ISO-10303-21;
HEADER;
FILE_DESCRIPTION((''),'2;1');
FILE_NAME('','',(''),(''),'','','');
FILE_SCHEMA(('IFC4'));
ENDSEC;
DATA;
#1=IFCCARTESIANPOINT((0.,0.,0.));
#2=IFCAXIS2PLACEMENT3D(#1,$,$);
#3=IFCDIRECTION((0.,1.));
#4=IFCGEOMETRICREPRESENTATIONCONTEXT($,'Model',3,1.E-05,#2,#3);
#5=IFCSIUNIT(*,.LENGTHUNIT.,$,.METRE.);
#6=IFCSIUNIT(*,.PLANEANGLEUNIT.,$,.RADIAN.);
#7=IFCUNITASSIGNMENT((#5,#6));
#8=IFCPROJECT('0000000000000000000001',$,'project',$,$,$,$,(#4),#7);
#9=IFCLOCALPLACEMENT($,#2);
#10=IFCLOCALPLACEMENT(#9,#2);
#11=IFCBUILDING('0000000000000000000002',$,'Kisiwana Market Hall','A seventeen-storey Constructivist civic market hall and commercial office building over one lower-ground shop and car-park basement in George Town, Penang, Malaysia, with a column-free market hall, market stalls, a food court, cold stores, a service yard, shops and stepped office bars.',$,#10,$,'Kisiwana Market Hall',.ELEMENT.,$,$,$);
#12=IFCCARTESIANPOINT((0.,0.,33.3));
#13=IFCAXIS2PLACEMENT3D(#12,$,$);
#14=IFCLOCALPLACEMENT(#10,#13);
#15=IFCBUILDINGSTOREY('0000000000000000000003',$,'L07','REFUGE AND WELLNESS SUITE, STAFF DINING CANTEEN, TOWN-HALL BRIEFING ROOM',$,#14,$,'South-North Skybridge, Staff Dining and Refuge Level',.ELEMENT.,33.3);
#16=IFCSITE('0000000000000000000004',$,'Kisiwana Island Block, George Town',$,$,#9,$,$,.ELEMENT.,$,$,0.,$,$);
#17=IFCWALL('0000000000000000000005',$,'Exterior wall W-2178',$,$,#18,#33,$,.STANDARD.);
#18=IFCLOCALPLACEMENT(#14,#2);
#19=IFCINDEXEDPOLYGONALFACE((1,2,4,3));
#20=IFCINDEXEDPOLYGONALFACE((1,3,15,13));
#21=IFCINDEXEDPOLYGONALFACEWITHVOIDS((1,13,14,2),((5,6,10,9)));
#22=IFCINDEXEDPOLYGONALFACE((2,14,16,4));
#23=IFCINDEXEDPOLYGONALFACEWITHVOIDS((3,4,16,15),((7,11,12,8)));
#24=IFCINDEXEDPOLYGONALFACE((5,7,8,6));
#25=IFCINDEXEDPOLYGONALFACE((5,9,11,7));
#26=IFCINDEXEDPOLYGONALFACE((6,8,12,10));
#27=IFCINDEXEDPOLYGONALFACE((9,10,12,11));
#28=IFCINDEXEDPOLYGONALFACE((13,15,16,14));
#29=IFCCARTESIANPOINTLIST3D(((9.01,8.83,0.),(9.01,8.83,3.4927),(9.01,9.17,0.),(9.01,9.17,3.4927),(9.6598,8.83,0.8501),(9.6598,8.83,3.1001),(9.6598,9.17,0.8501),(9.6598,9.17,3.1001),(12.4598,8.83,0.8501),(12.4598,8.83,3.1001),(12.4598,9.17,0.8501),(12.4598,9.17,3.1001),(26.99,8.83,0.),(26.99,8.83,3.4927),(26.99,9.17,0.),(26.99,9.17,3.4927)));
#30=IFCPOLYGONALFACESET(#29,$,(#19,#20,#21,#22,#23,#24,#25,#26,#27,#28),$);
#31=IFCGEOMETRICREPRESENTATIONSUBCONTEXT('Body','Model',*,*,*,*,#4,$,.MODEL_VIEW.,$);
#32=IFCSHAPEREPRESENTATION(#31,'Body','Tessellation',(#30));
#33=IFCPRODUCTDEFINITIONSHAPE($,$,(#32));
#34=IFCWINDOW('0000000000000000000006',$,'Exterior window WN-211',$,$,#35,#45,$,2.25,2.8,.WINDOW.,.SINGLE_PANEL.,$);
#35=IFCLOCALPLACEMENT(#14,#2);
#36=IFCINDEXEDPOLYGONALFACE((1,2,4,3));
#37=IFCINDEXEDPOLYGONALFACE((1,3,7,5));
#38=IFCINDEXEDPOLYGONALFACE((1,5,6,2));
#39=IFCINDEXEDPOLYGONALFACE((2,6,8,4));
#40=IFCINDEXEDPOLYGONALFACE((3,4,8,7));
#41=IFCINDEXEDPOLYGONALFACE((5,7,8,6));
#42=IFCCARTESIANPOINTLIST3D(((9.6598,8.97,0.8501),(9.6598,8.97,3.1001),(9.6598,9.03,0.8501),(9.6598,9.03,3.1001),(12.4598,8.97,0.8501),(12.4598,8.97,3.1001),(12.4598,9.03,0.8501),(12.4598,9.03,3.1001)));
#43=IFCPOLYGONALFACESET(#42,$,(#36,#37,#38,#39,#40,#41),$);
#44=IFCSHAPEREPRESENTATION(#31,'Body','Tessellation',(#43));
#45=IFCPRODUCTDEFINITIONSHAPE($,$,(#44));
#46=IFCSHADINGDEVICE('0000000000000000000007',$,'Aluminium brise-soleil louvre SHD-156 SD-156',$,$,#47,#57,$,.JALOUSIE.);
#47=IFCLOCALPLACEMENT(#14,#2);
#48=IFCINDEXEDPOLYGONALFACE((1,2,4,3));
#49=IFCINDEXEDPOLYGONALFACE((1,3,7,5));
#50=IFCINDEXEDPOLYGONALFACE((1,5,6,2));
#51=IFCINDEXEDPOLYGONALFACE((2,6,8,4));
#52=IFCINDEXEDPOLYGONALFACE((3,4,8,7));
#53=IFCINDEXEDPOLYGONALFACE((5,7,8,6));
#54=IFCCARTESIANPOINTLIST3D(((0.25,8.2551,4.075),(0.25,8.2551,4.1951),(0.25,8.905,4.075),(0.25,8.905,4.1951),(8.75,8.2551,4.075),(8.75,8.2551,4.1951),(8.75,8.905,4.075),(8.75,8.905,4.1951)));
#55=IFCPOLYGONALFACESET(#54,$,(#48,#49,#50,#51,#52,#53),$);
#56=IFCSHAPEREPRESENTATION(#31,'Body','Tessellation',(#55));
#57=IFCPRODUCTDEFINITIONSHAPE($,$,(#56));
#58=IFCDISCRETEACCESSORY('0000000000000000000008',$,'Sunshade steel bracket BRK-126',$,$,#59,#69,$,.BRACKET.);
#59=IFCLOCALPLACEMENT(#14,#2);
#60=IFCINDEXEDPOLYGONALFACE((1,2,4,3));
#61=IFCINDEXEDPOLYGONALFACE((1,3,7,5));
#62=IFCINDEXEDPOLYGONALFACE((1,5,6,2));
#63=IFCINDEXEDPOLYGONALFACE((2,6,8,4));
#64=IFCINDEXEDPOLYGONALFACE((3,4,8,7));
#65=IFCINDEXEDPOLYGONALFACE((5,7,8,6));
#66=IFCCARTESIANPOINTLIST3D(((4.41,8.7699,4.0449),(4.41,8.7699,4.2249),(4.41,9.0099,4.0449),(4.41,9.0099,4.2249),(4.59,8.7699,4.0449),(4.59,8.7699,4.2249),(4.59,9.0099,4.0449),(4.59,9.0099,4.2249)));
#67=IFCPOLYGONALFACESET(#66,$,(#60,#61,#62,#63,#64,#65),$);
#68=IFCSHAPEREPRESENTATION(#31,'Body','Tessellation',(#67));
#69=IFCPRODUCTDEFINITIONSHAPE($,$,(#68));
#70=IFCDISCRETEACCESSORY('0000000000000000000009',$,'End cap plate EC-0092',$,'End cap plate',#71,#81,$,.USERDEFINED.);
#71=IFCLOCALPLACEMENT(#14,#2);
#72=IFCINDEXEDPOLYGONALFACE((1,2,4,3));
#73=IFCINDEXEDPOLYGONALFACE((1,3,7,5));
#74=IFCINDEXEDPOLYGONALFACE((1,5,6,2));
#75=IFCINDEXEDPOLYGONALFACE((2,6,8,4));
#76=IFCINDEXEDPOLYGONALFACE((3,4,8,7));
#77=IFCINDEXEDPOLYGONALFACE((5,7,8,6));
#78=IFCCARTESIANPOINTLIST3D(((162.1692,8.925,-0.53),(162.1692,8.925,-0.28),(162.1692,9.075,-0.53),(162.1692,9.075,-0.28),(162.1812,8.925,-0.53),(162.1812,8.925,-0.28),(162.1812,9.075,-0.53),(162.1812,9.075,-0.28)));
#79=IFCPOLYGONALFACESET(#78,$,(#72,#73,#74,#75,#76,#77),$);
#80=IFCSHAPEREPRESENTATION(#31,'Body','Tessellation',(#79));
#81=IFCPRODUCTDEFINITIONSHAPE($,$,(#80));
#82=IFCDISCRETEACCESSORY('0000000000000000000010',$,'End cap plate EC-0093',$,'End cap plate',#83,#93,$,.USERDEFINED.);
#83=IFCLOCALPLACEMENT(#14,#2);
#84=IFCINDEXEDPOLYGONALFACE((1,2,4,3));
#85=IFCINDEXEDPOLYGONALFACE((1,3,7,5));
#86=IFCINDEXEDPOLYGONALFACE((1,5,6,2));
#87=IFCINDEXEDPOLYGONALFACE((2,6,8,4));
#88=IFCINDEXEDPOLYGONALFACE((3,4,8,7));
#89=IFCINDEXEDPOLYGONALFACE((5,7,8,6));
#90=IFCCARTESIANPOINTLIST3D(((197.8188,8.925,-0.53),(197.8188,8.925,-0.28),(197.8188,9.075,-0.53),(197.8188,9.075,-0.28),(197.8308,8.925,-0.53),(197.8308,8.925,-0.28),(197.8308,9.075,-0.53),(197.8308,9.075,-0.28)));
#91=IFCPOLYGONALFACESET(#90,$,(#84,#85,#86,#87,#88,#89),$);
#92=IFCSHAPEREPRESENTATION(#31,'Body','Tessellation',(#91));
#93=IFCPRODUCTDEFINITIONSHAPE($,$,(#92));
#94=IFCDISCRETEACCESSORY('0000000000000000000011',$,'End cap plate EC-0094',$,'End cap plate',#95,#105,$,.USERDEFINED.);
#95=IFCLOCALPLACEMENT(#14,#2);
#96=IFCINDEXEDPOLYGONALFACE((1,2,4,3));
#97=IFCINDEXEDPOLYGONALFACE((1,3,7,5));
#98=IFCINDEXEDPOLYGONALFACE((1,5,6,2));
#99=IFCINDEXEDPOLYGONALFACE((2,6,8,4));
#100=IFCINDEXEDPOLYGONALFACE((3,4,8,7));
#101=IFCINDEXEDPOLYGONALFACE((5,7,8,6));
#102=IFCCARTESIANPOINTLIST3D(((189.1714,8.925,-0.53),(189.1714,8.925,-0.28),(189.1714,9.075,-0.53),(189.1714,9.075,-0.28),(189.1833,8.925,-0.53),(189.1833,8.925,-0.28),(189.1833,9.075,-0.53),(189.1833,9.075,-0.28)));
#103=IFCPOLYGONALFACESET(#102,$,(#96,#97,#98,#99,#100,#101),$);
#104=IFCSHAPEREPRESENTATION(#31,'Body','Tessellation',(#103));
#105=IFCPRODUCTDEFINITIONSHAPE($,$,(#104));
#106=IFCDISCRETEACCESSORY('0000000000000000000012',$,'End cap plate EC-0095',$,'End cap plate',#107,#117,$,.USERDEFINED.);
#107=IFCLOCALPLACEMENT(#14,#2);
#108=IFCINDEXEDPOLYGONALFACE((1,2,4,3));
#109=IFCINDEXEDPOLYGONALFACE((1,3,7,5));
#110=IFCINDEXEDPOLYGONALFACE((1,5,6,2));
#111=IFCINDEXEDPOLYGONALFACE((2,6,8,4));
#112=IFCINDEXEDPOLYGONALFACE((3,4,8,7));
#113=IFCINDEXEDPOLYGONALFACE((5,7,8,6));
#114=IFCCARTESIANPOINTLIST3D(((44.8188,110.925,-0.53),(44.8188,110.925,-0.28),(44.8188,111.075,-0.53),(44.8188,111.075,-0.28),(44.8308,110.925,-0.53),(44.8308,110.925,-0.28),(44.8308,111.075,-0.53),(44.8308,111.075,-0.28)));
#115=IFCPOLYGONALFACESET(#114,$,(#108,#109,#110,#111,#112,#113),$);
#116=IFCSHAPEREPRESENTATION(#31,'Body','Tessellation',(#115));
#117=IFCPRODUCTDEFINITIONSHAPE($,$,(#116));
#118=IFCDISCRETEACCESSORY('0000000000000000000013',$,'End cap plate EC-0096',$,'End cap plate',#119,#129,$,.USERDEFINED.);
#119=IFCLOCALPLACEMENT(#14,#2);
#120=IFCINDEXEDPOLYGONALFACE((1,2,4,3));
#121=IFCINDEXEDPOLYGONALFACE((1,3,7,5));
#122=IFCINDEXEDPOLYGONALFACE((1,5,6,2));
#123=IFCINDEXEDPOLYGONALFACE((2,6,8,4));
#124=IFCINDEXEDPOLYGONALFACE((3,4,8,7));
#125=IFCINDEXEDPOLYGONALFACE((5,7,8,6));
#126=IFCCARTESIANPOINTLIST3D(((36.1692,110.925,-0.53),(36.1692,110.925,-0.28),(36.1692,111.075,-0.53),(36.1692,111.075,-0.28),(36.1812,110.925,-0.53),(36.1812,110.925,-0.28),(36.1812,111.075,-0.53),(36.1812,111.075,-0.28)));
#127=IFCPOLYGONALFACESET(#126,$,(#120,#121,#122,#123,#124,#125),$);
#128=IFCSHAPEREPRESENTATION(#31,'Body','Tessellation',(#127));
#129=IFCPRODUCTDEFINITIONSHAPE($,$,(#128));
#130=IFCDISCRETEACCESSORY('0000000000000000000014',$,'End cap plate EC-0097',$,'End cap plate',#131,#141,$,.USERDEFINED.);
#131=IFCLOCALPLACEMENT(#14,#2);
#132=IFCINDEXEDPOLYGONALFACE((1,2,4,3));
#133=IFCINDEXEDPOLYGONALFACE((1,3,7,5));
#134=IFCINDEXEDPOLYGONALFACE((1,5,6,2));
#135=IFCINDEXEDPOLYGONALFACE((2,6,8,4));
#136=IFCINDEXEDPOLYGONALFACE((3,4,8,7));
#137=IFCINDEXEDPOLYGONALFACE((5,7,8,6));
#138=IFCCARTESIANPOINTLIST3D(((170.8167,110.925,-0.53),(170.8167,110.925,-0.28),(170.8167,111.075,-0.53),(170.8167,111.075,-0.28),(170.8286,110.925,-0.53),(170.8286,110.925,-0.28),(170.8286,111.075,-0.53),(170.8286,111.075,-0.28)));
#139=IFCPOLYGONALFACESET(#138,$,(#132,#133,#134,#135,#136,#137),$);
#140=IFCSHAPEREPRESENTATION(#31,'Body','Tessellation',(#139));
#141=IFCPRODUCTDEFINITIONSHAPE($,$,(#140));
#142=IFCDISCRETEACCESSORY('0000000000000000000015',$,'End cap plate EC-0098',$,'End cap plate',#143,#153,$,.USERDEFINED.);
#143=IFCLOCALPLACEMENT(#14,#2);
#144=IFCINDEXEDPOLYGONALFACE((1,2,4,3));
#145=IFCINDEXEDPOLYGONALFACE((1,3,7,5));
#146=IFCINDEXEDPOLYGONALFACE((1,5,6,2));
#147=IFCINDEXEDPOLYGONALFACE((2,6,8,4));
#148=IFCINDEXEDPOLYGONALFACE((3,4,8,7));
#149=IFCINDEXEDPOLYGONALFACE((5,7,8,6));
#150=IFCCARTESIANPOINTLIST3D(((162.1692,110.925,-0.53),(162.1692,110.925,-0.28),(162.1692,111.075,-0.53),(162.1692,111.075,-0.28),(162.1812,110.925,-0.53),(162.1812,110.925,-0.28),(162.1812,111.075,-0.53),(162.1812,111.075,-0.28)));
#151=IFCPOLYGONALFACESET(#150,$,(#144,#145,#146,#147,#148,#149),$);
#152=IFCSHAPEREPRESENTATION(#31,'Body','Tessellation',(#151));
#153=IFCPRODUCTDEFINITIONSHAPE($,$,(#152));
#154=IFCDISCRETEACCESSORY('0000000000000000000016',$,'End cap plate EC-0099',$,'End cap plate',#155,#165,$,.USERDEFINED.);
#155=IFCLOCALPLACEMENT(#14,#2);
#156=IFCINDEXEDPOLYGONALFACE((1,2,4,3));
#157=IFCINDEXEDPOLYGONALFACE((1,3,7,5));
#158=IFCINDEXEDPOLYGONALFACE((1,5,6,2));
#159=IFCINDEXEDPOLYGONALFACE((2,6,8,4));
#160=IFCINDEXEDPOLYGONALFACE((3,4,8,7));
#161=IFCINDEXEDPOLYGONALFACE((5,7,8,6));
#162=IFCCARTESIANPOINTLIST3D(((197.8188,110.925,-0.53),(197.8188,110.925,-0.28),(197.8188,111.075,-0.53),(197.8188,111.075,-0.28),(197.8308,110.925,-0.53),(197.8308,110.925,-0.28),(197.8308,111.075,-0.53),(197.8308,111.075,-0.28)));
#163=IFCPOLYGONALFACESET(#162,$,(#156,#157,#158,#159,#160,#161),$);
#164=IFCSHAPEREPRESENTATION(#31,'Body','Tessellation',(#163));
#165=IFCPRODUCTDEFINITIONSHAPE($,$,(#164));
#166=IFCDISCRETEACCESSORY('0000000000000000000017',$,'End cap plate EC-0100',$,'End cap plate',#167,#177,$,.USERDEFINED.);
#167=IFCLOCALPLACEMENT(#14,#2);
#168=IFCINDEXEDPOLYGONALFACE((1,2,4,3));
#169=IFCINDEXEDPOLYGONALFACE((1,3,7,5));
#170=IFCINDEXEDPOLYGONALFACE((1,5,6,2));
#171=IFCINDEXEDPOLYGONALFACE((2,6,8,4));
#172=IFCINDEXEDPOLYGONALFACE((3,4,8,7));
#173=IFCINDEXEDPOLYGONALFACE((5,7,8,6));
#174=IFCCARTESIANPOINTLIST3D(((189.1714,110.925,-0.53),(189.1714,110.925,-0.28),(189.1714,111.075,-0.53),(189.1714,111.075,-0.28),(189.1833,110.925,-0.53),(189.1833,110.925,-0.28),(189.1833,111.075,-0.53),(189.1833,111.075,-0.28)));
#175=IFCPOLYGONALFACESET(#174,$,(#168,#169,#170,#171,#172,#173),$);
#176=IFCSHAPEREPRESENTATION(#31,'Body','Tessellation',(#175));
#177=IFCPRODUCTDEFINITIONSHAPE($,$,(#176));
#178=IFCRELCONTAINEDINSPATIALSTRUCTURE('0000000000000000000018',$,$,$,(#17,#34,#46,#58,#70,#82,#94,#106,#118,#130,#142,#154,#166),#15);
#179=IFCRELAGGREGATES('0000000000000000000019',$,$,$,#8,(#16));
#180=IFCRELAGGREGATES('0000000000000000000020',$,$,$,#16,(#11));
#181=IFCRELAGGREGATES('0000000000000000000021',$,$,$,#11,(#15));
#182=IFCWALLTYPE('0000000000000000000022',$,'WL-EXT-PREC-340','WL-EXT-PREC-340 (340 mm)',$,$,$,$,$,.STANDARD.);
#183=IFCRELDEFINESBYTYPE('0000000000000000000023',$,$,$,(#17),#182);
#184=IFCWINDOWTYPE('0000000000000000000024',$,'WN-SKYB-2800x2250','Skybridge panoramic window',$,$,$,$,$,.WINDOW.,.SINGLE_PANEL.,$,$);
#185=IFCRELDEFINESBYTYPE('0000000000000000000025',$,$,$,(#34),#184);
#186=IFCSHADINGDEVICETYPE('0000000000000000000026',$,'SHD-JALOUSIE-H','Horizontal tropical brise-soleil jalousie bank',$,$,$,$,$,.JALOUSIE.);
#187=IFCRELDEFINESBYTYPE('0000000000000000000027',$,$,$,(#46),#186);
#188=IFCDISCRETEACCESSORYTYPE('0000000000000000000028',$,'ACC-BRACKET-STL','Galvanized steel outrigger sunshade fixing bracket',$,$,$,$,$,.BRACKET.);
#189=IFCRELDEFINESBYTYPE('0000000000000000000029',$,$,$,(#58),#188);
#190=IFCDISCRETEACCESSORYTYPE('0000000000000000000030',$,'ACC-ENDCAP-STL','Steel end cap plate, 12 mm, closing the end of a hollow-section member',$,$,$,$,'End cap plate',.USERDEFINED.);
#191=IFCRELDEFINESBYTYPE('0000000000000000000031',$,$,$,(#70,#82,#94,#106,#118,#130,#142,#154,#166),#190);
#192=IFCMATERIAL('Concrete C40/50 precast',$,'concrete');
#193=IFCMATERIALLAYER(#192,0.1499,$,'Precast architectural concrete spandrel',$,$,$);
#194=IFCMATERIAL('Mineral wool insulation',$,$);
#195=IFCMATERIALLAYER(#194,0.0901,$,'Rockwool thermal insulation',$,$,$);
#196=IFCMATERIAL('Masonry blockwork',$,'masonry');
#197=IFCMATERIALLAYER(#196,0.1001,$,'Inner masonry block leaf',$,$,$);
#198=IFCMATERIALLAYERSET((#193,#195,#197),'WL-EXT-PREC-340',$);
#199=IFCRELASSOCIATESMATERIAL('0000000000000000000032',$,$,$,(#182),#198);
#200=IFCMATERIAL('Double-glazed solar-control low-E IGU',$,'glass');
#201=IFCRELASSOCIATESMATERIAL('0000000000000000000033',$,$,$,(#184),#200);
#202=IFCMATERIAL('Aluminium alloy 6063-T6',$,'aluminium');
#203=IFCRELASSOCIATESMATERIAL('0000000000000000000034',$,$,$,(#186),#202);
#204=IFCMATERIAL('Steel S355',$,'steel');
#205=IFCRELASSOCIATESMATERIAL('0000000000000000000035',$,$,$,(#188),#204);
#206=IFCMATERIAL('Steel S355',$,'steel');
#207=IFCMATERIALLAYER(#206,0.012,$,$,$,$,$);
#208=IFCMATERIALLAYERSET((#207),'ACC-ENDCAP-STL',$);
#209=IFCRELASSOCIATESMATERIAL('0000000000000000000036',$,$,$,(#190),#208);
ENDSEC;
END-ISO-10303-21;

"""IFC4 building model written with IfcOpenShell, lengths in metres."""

from ifc_helpers import new_model, si_unit, direction, frame, frame_2d, origin, origin_2d, place, context, subcontext, project, spatial, polyline, rectangle, outline, extrude, material, layer, layer_set, type_object, element, fill, save


model = new_model("IFC4")

# Units and contexts
model_context = context("Model", 3, precision=1e-05, world=origin(), true_north=direction((0.0, 1.0)))
body_context = subcontext(model_context, "Body", "Model", "MODEL_VIEW")
ifc_project = project(units=[si_unit("LENGTHUNIT", "METRE"), si_unit("PLANEANGLEUNIT", "RADIAN")], contexts=[model_context])

# Site, building, storey
site_placement = place(None, origin())
site = spatial("IfcSite", under=ifc_project, at=site_placement, Name="Kisiwana Island Block, George Town", CompositionType="ELEMENT", RefElevation=0.0)
building_placement = place(site_placement, origin())
building = spatial("IfcBuilding", under=site, at=building_placement, Name="Kisiwana Market Hall", Description="A seventeen-storey Constructivist civic market hall and commercial office building over one lower-ground shop and car-park basement in George Town, Penang, Malaysia, with a column-free market hall, market stalls, a food court, cold stores, a service yard, shops and stepped office bars.", LongName="Kisiwana Market Hall", CompositionType="ELEMENT")
storey_placement = place(building_placement, frame((0.0, 0.0, 33.3)))
storey = spatial("IfcBuildingStorey", under=building, at=storey_placement, Name="L07", Description="REFUGE AND WELLNESS SUITE, STAFF DINING CANTEEN, TOWN-HALL BRIEFING ROOM", LongName="South-North Skybridge, Staff Dining and Refuge Level", CompositionType="ELEMENT", Elevation=33.3)

# Wall, opening, window
ifc_material_1 = material(Name="Concrete C40/50 precast", Category="concrete")
ifc_layer_1 = layer(ifc_material_1, 0.1499, Name="Precast architectural concrete spandrel")
ifc_material_2 = material(Name="Mineral wool insulation")
ifc_layer_2 = layer(ifc_material_2, 0.0901, Name="Rockwool thermal insulation")
ifc_material_3 = material(Name="Masonry blockwork", Category="masonry")
ifc_layer_3 = layer(ifc_material_3, 0.1001, Name="Inner masonry block leaf")
ifc_layer_set_1 = layer_set([ifc_layer_1, ifc_layer_2, ifc_layer_3], Name="WL-EXT-PREC-340")
wall_type = type_object("IfcWallType", Name="WL-EXT-PREC-340", Description="WL-EXT-PREC-340 (340 mm)", PredefinedType="STANDARD", material=ifc_layer_set_1)
wall_placement = place(storey_placement, frame((9.01, 9.0, 0.0), z_axis=(0.0, 0.0, 1.0), x_axis=(1.0, 0.0, 0.0)))
wall = element("IfcWall", 1, at=wall_placement, inside=storey, type_object=wall_type, Name="Exterior wall W-2178", PredefinedType="STANDARD", context=body_context, shape_type="SweptSolid", body=[
    extrude(rectangle(XDim=17.98, YDim=0.3401, at=frame_2d((8.99, 0.0))), origin(), (0.0, 0.0, 1.0), 3.4927),
])
opening_placement = place(wall_placement, frame((0.6499, 0.0, 0.8501)))
opening = element("IfcOpeningElement", 2, at=opening_placement, cuts=wall, PredefinedType="OPENING", context=body_context, shape_type="SweptSolid", body=[
    extrude(rectangle(XDim=2.8, YDim=2.25, at=frame_2d((1.3999, 1.125))), frame((0.0, 0.1821, 0.0), z_axis=(0.0, -1.0, 0.0), x_axis=(1.0, 0.0, 0.0)), (0.0, 0.0, 1.0), 0.364),
])
ifc_material_4 = material(Name="Double-glazed solar-control low-E IGU", Category="glass")
window_type = type_object("IfcWindowType", Name="WN-SKYB-2800x2250", Description="Skybridge panoramic window", PartitioningType="SINGLE_PANEL", PredefinedType="WINDOW", material=ifc_material_4)
window_placement = place(opening_placement, origin())
window = element("IfcWindow", 3, at=window_placement, inside=storey, type_object=window_type, Name="Exterior window WN-211", OverallHeight=2.25, OverallWidth=2.8, PartitioningType="SINGLE_PANEL", PredefinedType="WINDOW", context=body_context, shape_type="SweptSolid", body=[
    extrude(rectangle(XDim=2.8, YDim=2.25, at=frame_2d((1.3999, 1.125))), frame((0.0, 0.03, 0.0), z_axis=(0.0, -1.0, 0.0), x_axis=(1.0, 0.0, 0.0)), (0.0, 0.0, 1.0), 0.0601),
])
fill(opening, window)

# Shading device
ifc_material_5 = material(Name="Aluminium alloy 6063-T6", Category="aluminium")
shading_device_type = type_object("IfcShadingDeviceType", Name="SHD-JALOUSIE-H", Description="Horizontal tropical brise-soleil jalousie bank", PredefinedType="JALOUSIE", material=ifc_material_5)
shading_device_placement = place(storey_placement, frame((4.5, 8.5801, 4.075), z_axis=(0.0, 0.0, 1.0), x_axis=(1.0, 0.0, 0.0)))
element("IfcShadingDevice", 4, at=shading_device_placement, inside=storey, type_object=shading_device_type, Name="Aluminium brise-soleil louvre SHD-156 SD-156", PredefinedType="JALOUSIE", context=body_context, shape_type="SweptSolid", body=[
    extrude(rectangle(XDim=8.5, YDim=0.6499, at=origin_2d()), origin(), (0.0, 0.0, 1.0), 0.1201),
])

# Discrete accessories
ifc_material_6 = material(Name="Steel S355", Category="steel")
discrete_accessory_type_1 = type_object("IfcDiscreteAccessoryType", Name="ACC-BRACKET-STL", Description="Galvanized steel outrigger sunshade fixing bracket", PredefinedType="BRACKET", material=ifc_material_6)
discrete_accessory_1_placement = place(storey_placement, frame((4.5, 8.8899, 4.0449), z_axis=(0.0, 0.0, 1.0), x_axis=(1.0, 0.0, 0.0)))
element("IfcDiscreteAccessory", 5, at=discrete_accessory_1_placement, inside=storey, type_object=discrete_accessory_type_1, Name="Sunshade steel bracket BRK-126", PredefinedType="BRACKET", context=body_context, shape_type="SweptSolid", body=[
    extrude(rectangle(XDim=0.1799, YDim=0.24, at=origin_2d()), origin(), (0.0, 0.0, 1.0), 0.1799),
])
ifc_material_7 = material(Name="Steel S355", Category="steel")
ifc_layer_4 = layer(ifc_material_7, 0.012)
ifc_layer_set_2 = layer_set([ifc_layer_4], Name="ACC-ENDCAP-STL")
discrete_accessory_type_2 = type_object("IfcDiscreteAccessoryType", Name="ACC-ENDCAP-STL", Description="Steel end cap plate, 12 mm, closing the end of a hollow-section member", ElementType="End cap plate", PredefinedType="USERDEFINED", material=ifc_layer_set_2)
discrete_accessory_2_placement = place(storey_placement, frame((0.0, 0.0, -0.53)))
element("IfcDiscreteAccessory", 6, at=discrete_accessory_2_placement, inside=storey, type_object=discrete_accessory_type_2, Name="End cap plate EC-0092", ObjectType="End cap plate", PredefinedType="USERDEFINED", context=body_context, shape_type="SweptSolid", body=[
    extrude(outline(polyline([(162.1812, 8.925), (162.1812, 9.075), (162.1692, 9.075), (162.1692, 8.925), (162.1812, 8.925)])), origin(), (0.0, 0.0, 1.0), 0.25),
])
discrete_accessory_3_placement = place(storey_placement, frame((0.0, 0.0, -0.53)))
element("IfcDiscreteAccessory", 7, at=discrete_accessory_3_placement, inside=storey, type_object=discrete_accessory_type_2, Name="End cap plate EC-0093", ObjectType="End cap plate", PredefinedType="USERDEFINED", context=body_context, shape_type="SweptSolid", body=[
    extrude(outline(polyline([(197.8188, 8.925), (197.8308, 8.925), (197.8308, 9.075), (197.8188, 9.075), (197.8188, 8.925)])), origin(), (0.0, 0.0, 1.0), 0.25),
])
discrete_accessory_4_placement = place(storey_placement, frame((0.0, 0.0, -0.53)))
element("IfcDiscreteAccessory", 8, at=discrete_accessory_4_placement, inside=storey, type_object=discrete_accessory_type_2, Name="End cap plate EC-0094", ObjectType="End cap plate", PredefinedType="USERDEFINED", context=body_context, shape_type="SweptSolid", body=[
    extrude(outline(polyline([(189.1833, 8.925), (189.1833, 9.075), (189.1714, 9.075), (189.1714, 8.925), (189.1833, 8.925)])), origin(), (0.0, 0.0, 1.0), 0.25),
])
discrete_accessory_5_placement = place(storey_placement, frame((0.0, 0.0, -0.53)))
element("IfcDiscreteAccessory", 9, at=discrete_accessory_5_placement, inside=storey, type_object=discrete_accessory_type_2, Name="End cap plate EC-0095", ObjectType="End cap plate", PredefinedType="USERDEFINED", context=body_context, shape_type="SweptSolid", body=[
    extrude(outline(polyline([(44.8188, 110.925), (44.8308, 110.925), (44.8308, 111.075), (44.8188, 111.075), (44.8188, 110.925)])), origin(), (0.0, 0.0, 1.0), 0.25),
])
discrete_accessory_6_placement = place(storey_placement, frame((0.0, 0.0, -0.53)))
element("IfcDiscreteAccessory", 10, at=discrete_accessory_6_placement, inside=storey, type_object=discrete_accessory_type_2, Name="End cap plate EC-0096", ObjectType="End cap plate", PredefinedType="USERDEFINED", context=body_context, shape_type="SweptSolid", body=[
    extrude(outline(polyline([(36.1812, 110.925), (36.1812, 111.075), (36.1692, 111.075), (36.1692, 110.925), (36.1812, 110.925)])), origin(), (0.0, 0.0, 1.0), 0.25),
])
discrete_accessory_7_placement = place(storey_placement, frame((0.0, 0.0, -0.53)))
element("IfcDiscreteAccessory", 11, at=discrete_accessory_7_placement, inside=storey, type_object=discrete_accessory_type_2, Name="End cap plate EC-0097", ObjectType="End cap plate", PredefinedType="USERDEFINED", context=body_context, shape_type="SweptSolid", body=[
    extrude(outline(polyline([(170.8167, 110.925), (170.8286, 110.925), (170.8286, 111.075), (170.8167, 111.075), (170.8167, 110.925)])), origin(), (0.0, 0.0, 1.0), 0.25),
])
discrete_accessory_8_placement = place(storey_placement, frame((0.0, 0.0, -0.53)))
element("IfcDiscreteAccessory", 12, at=discrete_accessory_8_placement, inside=storey, type_object=discrete_accessory_type_2, Name="End cap plate EC-0098", ObjectType="End cap plate", PredefinedType="USERDEFINED", context=body_context, shape_type="SweptSolid", body=[
    extrude(outline(polyline([(162.1812, 110.925), (162.1812, 111.075), (162.1692, 111.075), (162.1692, 110.925), (162.1812, 110.925)])), origin(), (0.0, 0.0, 1.0), 0.25),
])
discrete_accessory_9_placement = place(storey_placement, frame((0.0, 0.0, -0.53)))
element("IfcDiscreteAccessory", 13, at=discrete_accessory_9_placement, inside=storey, type_object=discrete_accessory_type_2, Name="End cap plate EC-0099", ObjectType="End cap plate", PredefinedType="USERDEFINED", context=body_context, shape_type="SweptSolid", body=[
    extrude(outline(polyline([(197.8188, 110.925), (197.8308, 110.925), (197.8308, 111.075), (197.8188, 111.075), (197.8188, 110.925)])), origin(), (0.0, 0.0, 1.0), 0.25),
])
discrete_accessory_10_placement = place(storey_placement, frame((0.0, 0.0, -0.53)))
element("IfcDiscreteAccessory", 14, at=discrete_accessory_10_placement, inside=storey, type_object=discrete_accessory_type_2, Name="End cap plate EC-0100", ObjectType="End cap plate", PredefinedType="USERDEFINED", context=body_context, shape_type="SweptSolid", body=[
    extrude(outline(polyline([(189.1833, 110.925), (189.1833, 111.075), (189.1714, 111.075), (189.1714, 110.925), (189.1833, 110.925)])), origin(), (0.0, 0.0, 1.0), 0.25),
])

save(model, "model.ifc")
